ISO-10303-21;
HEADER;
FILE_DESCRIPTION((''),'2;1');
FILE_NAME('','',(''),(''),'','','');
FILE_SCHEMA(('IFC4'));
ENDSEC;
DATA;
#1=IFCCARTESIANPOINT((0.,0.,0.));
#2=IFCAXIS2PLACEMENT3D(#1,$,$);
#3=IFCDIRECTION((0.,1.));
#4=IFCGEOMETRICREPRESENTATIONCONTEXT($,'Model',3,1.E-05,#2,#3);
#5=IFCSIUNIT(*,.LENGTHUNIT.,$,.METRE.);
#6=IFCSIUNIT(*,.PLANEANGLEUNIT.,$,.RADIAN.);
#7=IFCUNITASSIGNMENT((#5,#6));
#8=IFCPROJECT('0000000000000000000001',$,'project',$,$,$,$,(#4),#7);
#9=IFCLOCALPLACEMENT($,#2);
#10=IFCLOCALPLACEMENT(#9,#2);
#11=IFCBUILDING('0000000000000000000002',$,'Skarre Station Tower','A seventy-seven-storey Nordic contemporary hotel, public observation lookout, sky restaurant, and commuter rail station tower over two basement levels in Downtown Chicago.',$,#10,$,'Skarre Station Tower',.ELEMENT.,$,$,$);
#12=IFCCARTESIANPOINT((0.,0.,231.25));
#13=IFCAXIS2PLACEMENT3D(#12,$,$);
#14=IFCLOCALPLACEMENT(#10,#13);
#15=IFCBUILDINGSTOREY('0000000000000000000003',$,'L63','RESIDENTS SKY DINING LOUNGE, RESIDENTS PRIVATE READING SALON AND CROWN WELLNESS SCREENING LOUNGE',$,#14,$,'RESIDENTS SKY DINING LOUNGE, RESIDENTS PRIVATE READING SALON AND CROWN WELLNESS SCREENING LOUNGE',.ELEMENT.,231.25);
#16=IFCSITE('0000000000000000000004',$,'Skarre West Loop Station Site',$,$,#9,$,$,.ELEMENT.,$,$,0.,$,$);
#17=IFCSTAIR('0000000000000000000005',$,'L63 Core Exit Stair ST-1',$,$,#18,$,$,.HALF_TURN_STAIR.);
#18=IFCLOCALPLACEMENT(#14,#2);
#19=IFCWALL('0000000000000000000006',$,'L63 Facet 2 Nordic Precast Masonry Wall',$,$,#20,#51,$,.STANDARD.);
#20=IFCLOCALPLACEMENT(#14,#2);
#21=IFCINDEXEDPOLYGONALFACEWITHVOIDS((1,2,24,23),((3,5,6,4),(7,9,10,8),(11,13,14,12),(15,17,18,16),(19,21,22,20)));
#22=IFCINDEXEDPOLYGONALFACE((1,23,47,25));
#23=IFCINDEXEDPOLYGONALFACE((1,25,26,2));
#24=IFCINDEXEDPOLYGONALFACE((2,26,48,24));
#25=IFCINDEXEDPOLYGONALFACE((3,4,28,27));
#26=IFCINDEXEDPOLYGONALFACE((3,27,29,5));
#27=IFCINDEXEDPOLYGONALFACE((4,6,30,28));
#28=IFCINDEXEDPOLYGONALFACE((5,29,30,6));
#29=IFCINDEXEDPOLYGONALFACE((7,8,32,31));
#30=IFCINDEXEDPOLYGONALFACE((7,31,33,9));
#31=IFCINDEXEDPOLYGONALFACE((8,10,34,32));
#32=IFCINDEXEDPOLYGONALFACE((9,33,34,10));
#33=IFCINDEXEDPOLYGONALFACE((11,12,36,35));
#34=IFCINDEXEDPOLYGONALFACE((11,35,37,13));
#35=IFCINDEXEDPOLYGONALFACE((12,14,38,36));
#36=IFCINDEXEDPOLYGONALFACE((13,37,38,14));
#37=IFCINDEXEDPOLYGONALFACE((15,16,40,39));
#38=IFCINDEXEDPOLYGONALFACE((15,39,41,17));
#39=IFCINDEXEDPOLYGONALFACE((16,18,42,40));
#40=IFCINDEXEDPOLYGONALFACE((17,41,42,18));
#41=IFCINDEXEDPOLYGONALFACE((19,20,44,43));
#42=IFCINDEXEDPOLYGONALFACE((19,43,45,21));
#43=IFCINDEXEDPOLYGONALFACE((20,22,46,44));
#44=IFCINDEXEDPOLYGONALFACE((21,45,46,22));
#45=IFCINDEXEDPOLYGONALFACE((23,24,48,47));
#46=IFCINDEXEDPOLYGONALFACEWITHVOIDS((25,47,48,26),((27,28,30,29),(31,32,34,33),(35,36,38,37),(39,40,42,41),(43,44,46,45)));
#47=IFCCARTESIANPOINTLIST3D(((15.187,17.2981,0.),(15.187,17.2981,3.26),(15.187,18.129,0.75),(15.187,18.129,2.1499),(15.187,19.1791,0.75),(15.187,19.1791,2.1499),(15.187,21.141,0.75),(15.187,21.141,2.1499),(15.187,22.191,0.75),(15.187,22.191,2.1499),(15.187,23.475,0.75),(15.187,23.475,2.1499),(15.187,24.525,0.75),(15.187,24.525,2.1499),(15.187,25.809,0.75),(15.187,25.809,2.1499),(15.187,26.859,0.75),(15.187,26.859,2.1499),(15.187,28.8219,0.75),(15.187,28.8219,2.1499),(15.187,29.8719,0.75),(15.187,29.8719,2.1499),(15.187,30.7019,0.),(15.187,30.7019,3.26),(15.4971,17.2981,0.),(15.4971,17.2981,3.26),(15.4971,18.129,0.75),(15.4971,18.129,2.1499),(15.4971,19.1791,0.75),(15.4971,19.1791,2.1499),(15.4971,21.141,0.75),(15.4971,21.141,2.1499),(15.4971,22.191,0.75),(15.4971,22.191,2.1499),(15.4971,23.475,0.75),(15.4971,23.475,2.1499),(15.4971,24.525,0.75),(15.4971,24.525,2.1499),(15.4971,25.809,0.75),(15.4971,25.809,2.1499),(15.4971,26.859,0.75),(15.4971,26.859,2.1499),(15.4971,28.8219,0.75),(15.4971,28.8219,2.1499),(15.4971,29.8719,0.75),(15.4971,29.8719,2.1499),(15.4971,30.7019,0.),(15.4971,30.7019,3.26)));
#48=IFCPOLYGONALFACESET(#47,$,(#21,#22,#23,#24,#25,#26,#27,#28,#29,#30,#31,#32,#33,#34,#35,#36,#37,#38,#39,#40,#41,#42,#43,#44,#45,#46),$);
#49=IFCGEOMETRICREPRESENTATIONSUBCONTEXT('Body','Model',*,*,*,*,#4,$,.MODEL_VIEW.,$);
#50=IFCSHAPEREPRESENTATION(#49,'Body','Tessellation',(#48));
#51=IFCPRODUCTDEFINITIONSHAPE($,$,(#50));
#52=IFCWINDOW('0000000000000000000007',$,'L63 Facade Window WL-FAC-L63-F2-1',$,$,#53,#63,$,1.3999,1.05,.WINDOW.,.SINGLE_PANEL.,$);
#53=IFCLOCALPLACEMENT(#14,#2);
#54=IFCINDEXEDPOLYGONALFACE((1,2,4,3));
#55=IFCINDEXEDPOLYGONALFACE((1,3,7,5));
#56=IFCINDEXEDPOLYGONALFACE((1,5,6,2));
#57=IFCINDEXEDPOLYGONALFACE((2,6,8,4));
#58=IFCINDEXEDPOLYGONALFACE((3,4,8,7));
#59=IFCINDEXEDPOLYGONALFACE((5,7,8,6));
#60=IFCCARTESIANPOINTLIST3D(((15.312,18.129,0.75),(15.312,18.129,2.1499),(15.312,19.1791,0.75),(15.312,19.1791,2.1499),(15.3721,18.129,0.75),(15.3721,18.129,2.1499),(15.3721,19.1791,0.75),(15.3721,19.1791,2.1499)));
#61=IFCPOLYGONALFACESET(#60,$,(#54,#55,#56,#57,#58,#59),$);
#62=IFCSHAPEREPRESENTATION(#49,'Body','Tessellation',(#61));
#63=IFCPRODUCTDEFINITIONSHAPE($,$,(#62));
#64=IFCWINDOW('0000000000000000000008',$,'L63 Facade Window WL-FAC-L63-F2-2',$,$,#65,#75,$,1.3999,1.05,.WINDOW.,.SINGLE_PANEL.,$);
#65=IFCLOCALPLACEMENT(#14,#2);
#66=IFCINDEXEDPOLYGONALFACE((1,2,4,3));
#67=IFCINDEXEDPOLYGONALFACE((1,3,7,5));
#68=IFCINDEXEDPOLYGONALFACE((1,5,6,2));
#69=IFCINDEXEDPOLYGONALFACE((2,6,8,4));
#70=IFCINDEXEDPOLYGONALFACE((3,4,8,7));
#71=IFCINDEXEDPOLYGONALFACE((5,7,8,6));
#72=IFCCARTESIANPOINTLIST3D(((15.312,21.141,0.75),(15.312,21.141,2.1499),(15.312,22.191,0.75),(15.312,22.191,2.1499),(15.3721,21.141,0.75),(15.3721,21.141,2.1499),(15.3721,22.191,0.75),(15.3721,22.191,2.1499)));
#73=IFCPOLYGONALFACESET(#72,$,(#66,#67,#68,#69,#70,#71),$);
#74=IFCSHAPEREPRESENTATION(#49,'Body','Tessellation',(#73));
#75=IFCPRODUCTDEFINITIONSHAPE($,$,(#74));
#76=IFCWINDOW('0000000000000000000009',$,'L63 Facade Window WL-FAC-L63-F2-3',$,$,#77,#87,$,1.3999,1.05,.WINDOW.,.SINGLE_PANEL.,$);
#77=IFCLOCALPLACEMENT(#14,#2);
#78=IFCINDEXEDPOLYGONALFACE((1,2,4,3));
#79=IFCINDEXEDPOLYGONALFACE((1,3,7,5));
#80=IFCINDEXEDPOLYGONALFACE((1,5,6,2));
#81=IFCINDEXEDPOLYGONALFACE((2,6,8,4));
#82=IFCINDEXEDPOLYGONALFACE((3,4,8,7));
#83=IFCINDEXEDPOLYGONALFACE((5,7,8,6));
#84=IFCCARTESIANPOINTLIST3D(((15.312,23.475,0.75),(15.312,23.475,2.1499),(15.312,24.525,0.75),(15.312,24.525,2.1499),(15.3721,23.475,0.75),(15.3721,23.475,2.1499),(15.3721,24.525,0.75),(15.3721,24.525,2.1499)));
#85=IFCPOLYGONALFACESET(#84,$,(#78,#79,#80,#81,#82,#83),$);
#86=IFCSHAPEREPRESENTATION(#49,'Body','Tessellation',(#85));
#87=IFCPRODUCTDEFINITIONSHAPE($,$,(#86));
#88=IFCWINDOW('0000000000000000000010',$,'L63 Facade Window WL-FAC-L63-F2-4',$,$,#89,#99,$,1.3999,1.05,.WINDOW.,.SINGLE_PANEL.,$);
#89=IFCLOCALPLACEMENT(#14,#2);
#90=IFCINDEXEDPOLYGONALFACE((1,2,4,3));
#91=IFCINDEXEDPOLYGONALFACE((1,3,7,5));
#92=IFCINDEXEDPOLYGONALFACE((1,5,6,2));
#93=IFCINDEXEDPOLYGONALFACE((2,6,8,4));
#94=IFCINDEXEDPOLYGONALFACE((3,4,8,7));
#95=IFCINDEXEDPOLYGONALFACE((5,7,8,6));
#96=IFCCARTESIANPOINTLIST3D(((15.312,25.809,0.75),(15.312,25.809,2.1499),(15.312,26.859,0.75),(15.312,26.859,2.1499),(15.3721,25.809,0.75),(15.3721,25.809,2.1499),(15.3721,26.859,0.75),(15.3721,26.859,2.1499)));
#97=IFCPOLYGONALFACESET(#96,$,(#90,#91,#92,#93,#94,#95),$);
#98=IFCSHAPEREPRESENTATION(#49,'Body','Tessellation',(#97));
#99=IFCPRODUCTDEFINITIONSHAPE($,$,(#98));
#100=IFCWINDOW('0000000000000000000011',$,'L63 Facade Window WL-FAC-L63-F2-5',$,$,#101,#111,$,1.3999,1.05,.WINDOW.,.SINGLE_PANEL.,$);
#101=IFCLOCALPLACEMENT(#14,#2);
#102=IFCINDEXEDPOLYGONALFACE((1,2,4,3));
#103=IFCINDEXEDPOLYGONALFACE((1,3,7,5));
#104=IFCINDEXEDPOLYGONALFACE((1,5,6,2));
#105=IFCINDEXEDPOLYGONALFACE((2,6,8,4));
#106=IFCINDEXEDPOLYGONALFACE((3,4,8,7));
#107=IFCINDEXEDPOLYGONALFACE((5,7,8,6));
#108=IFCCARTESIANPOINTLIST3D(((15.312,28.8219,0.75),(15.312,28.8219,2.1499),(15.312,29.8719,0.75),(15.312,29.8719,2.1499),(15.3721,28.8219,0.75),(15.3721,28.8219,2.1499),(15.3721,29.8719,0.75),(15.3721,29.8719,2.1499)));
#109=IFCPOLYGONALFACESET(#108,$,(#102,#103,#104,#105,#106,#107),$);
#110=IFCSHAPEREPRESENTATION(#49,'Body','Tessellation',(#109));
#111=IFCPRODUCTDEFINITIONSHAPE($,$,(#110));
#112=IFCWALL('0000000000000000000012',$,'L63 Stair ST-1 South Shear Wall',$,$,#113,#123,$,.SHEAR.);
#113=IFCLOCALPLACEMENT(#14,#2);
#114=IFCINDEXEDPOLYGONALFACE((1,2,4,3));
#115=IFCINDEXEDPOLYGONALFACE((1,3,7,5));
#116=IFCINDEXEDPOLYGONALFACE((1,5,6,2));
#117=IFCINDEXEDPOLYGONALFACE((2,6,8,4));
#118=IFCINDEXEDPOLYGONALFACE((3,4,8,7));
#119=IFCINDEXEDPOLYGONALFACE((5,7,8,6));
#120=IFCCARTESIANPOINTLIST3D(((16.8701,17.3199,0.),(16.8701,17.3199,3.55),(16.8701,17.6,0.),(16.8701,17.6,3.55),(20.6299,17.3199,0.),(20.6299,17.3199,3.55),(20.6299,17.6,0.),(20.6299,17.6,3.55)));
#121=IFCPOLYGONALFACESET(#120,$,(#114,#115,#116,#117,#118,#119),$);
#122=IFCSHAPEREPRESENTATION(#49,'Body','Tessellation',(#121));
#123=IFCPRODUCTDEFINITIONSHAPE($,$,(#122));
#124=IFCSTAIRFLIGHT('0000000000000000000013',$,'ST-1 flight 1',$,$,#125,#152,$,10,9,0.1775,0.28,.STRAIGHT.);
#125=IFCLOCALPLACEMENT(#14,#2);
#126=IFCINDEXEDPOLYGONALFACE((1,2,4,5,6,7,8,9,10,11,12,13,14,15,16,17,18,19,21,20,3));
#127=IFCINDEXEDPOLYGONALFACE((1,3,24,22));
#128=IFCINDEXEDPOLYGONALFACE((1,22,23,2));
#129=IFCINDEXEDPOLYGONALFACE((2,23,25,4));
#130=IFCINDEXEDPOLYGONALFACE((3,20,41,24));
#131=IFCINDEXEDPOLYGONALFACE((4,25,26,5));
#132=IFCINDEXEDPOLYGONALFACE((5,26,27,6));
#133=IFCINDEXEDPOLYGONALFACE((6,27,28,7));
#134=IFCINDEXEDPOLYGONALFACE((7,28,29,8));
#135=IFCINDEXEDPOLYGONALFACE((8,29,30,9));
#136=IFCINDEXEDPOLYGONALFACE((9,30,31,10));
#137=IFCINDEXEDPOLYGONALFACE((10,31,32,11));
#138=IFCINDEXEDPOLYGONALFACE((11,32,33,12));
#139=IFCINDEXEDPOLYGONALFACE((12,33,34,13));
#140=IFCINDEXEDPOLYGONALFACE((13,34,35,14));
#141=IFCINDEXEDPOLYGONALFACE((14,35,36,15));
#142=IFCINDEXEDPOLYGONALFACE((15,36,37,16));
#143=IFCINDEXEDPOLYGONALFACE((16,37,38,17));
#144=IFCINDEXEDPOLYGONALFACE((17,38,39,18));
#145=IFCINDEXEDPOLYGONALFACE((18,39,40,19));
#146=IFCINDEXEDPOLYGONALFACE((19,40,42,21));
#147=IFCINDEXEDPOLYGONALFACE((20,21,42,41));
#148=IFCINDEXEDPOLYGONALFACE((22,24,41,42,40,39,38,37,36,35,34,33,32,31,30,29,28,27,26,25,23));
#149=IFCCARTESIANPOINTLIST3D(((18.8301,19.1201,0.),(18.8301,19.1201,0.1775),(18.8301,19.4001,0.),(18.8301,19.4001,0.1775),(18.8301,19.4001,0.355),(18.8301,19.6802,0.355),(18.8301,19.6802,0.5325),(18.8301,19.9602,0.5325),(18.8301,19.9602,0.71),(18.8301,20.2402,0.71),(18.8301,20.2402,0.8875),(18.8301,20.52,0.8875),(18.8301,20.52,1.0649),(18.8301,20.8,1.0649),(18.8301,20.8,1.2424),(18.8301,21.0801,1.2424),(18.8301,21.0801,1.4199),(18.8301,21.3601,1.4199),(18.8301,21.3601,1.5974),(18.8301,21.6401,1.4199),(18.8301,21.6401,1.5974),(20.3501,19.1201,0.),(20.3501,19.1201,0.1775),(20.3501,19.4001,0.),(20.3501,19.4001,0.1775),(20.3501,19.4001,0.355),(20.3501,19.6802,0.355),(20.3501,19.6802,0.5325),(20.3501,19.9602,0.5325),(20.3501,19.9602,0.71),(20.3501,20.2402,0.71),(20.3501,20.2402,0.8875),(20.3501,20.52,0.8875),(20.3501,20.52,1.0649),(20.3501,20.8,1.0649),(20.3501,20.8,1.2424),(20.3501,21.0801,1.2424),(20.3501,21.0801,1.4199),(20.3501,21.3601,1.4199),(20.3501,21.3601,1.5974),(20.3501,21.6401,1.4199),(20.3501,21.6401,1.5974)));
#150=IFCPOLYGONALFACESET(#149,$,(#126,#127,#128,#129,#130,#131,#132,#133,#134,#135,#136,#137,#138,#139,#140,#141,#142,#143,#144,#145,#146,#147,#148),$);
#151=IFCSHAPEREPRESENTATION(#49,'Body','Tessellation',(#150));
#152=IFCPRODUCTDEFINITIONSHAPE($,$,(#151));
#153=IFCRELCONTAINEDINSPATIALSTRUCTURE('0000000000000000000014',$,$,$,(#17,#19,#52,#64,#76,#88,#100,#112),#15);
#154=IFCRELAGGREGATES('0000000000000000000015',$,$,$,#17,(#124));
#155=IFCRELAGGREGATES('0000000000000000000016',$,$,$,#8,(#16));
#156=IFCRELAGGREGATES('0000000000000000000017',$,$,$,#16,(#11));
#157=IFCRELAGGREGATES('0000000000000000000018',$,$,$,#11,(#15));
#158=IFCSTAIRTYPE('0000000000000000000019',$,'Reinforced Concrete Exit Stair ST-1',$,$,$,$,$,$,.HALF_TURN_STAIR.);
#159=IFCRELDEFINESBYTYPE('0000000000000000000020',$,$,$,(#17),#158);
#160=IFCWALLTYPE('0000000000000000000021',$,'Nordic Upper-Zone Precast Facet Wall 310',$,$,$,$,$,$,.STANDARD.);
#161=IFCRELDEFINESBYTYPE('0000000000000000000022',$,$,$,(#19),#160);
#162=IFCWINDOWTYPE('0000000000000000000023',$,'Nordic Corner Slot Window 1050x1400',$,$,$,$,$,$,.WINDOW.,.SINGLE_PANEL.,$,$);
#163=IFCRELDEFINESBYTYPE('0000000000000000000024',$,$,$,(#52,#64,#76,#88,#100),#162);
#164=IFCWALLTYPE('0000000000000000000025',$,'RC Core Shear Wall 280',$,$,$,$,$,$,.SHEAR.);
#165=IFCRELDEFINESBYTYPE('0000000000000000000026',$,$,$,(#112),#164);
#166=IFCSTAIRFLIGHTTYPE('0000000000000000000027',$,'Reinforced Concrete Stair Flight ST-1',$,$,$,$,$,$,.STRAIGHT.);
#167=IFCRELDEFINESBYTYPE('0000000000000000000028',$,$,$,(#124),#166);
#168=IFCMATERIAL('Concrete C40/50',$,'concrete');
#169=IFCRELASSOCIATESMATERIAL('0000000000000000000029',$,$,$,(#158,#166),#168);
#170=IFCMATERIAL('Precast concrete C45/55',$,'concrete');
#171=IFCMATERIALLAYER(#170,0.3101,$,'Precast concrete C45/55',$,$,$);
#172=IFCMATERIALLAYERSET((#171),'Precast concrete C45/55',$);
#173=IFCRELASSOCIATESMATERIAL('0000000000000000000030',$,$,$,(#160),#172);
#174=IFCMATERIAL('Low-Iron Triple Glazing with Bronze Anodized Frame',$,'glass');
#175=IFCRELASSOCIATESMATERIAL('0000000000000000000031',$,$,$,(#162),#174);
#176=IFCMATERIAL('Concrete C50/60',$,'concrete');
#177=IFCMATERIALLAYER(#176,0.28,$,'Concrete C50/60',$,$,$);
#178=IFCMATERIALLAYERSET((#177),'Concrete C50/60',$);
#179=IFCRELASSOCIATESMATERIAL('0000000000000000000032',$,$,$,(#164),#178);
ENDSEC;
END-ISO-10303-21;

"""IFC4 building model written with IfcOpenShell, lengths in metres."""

from ifc_helpers import new_model, si_unit, direction, frame, frame_2d, origin, place, context, subcontext, project, spatial, polyline, rectangle, outline, extrude, material, layer, layer_set, type_object, element, fill, aggregate, save


model = new_model("IFC4")

# Units and contexts
model_context = context("Model", 3, precision=1e-05, world=origin(), true_north=direction((0.0, 1.0)))
body_context = subcontext(model_context, "Body", "Model", "MODEL_VIEW")
ifc_project = project(units=[si_unit("LENGTHUNIT", "METRE"), si_unit("PLANEANGLEUNIT", "RADIAN")], contexts=[model_context])

# Site, building, storey
site_placement = place(None, origin())
site = spatial("IfcSite", under=ifc_project, at=site_placement, Name="Skarre West Loop Station Site", CompositionType="ELEMENT", RefElevation=0.0)
building_placement = place(site_placement, origin())
building = spatial("IfcBuilding", under=site, at=building_placement, Name="Skarre Station Tower", Description="A seventy-seven-storey Nordic contemporary hotel, public observation lookout, sky restaurant, and commuter rail station tower over two basement levels in Downtown Chicago.", LongName="Skarre Station Tower", CompositionType="ELEMENT")
storey_placement = place(building_placement, frame((0.0, 0.0, 231.25)))
storey = spatial("IfcBuildingStorey", under=building, at=storey_placement, Name="L63", Description="RESIDENTS SKY DINING LOUNGE, RESIDENTS PRIVATE READING SALON AND CROWN WELLNESS SCREENING LOUNGE", LongName="RESIDENTS SKY DINING LOUNGE, RESIDENTS PRIVATE READING SALON AND CROWN WELLNESS SCREENING LOUNGE", CompositionType="ELEMENT", Elevation=231.25)

# Shared definitions
ifc_material_1 = material(Name="Concrete C50/60", Category="concrete")

# Stair
ifc_material_2 = material(Name="Concrete C40/50", Category="concrete")
stair_type_1 = type_object("IfcStairType", Name="Reinforced Concrete Exit Stair ST-1", PredefinedType="HALF_TURN_STAIR", material=ifc_material_2)
stair_1_placement = place(storey_placement, origin())
stair_1 = element("IfcStair", 1, at=stair_1_placement, inside=storey, type_object=stair_type_1, Name="L63 Core Exit Stair ST-1", PredefinedType="HALF_TURN_STAIR")

# Shared definitions
ifc_material_3 = material(Name="Precast concrete C45/55", Category="concrete")

# Wall, openings, windows
ifc_layer_1 = layer(ifc_material_3, 0.3101, Name="Precast concrete C45/55")
ifc_layer_set_1 = layer_set([ifc_layer_1], Name="Precast concrete C45/55")
wall_type_1 = type_object("IfcWallType", Name="Nordic Upper-Zone Precast Facet Wall 310", PredefinedType="STANDARD", material=ifc_layer_set_1)
wall_1_placement = place(storey_placement, frame((15.342, 17.2981, 0.0), z_axis=(0.0, 0.0, 1.0), x_axis=(0.0, 1.0, 0.0)))
wall_1 = element("IfcWall", 2, at=wall_1_placement, inside=storey, type_object=wall_type_1, Name="L63 Facet 2 Nordic Precast Masonry Wall", PredefinedType="STANDARD", context=body_context, shape_type="SweptSolid", body=[
    extrude(rectangle(XDim=13.4038, YDim=0.3101, at=frame_2d((6.7019, 0.0))), origin(), (0.0, 0.0, 1.0), 3.26),
])
opening_1_placement = place(wall_1_placement, frame((0.8311, 0.0, 0.75)))
opening_1 = element("IfcOpeningElement", 3, at=opening_1_placement, cuts=wall_1, PredefinedType="OPENING", context=body_context, shape_type="SweptSolid", body=[
    extrude(rectangle(XDim=1.05, YDim=1.3999, at=frame_2d((0.5249, 0.7))), frame((0.0, 0.165, 0.0), z_axis=(0.0, -1.0, 0.0), x_axis=(1.0, 0.0, 0.0)), (0.0, 0.0, 1.0), 0.3301),
])
opening_2_placement = place(wall_1_placement, frame((3.843, 0.0, 0.75)))
opening_2 = element("IfcOpeningElement", 4, at=opening_2_placement, cuts=wall_1, PredefinedType="OPENING", context=body_context, shape_type="SweptSolid", body=[
    extrude(rectangle(XDim=1.05, YDim=1.3999, at=frame_2d((0.5249, 0.7))), frame((0.0, 0.165, 0.0), z_axis=(0.0, -1.0, 0.0), x_axis=(1.0, 0.0, 0.0)), (0.0, 0.0, 1.0), 0.3301),
])
opening_3_placement = place(wall_1_placement, frame((6.177, 0.0, 0.75)))
opening_3 = element("IfcOpeningElement", 5, at=opening_3_placement, cuts=wall_1, PredefinedType="OPENING", context=body_context, shape_type="SweptSolid", body=[
    extrude(rectangle(XDim=1.05, YDim=1.3999, at=frame_2d((0.5249, 0.7))), frame((0.0, 0.165, 0.0), z_axis=(0.0, -1.0, 0.0), x_axis=(1.0, 0.0, 0.0)), (0.0, 0.0, 1.0), 0.3301),
])
opening_4_placement = place(wall_1_placement, frame((8.511, 0.0, 0.75)))
opening_4 = element("IfcOpeningElement", 6, at=opening_4_placement, cuts=wall_1, PredefinedType="OPENING", context=body_context, shape_type="SweptSolid", body=[
    extrude(rectangle(XDim=1.05, YDim=1.3999, at=frame_2d((0.5249, 0.7))), frame((0.0, 0.165, 0.0), z_axis=(0.0, -1.0, 0.0), x_axis=(1.0, 0.0, 0.0)), (0.0, 0.0, 1.0), 0.3301),
])
opening_5_placement = place(wall_1_placement, frame((11.5239, 0.0, 0.75)))
opening_5 = element("IfcOpeningElement", 7, at=opening_5_placement, cuts=wall_1, PredefinedType="OPENING", context=body_context, shape_type="SweptSolid", body=[
    extrude(rectangle(XDim=1.05, YDim=1.3999, at=frame_2d((0.5249, 0.7))), frame((0.0, 0.165, 0.0), z_axis=(0.0, -1.0, 0.0), x_axis=(1.0, 0.0, 0.0)), (0.0, 0.0, 1.0), 0.3301),
])
ifc_material_4 = material(Name="Low-Iron Triple Glazing with Bronze Anodized Frame", Category="glass")
window_type = type_object("IfcWindowType", Name="Nordic Corner Slot Window 1050x1400", PartitioningType="SINGLE_PANEL", PredefinedType="WINDOW", material=ifc_material_4)
window_1_placement = place(opening_1_placement, origin())
window_1 = element("IfcWindow", 8, at=window_1_placement, inside=storey, type_object=window_type, Name="L63 Facade Window WL-FAC-L63-F2-1", OverallHeight=1.3999, OverallWidth=1.05, PartitioningType="SINGLE_PANEL", PredefinedType="WINDOW", context=body_context, shape_type="SweptSolid", body=[
    extrude(rectangle(XDim=1.05, YDim=1.3999, at=frame_2d((0.5249, 0.7))), frame((0.0, 0.03, 0.0), z_axis=(0.0, -1.0, 0.0), x_axis=(1.0, 0.0, 0.0)), (0.0, 0.0, 1.0), 0.0601),
])
fill(opening_1, window_1)
window_2_placement = place(opening_2_placement, origin())
window_2 = element("IfcWindow", 9, at=window_2_placement, inside=storey, type_object=window_type, Name="L63 Facade Window WL-FAC-L63-F2-2", OverallHeight=1.3999, OverallWidth=1.05, PartitioningType="SINGLE_PANEL", PredefinedType="WINDOW", context=body_context, shape_type="SweptSolid", body=[
    extrude(rectangle(XDim=1.05, YDim=1.3999, at=frame_2d((0.5249, 0.7))), frame((0.0, 0.03, 0.0), z_axis=(0.0, -1.0, 0.0), x_axis=(1.0, 0.0, 0.0)), (0.0, 0.0, 1.0), 0.0601),
])
fill(opening_2, window_2)
window_3_placement = place(opening_3_placement, origin())
window_3 = element("IfcWindow", 10, at=window_3_placement, inside=storey, type_object=window_type, Name="L63 Facade Window WL-FAC-L63-F2-3", OverallHeight=1.3999, OverallWidth=1.05, PartitioningType="SINGLE_PANEL", PredefinedType="WINDOW", context=body_context, shape_type="SweptSolid", body=[
    extrude(rectangle(XDim=1.05, YDim=1.3999, at=frame_2d((0.5249, 0.7))), frame((0.0, 0.03, 0.0), z_axis=(0.0, -1.0, 0.0), x_axis=(1.0, 0.0, 0.0)), (0.0, 0.0, 1.0), 0.0601),
])
fill(opening_3, window_3)
window_4_placement = place(opening_4_placement, origin())
window_4 = element("IfcWindow", 11, at=window_4_placement, inside=storey, type_object=window_type, Name="L63 Facade Window WL-FAC-L63-F2-4", OverallHeight=1.3999, OverallWidth=1.05, PartitioningType="SINGLE_PANEL", PredefinedType="WINDOW", context=body_context, shape_type="SweptSolid", body=[
    extrude(rectangle(XDim=1.05, YDim=1.3999, at=frame_2d((0.5249, 0.7))), frame((0.0, 0.03, 0.0), z_axis=(0.0, -1.0, 0.0), x_axis=(1.0, 0.0, 0.0)), (0.0, 0.0, 1.0), 0.0601),
])
fill(opening_4, window_4)
window_5_placement = place(opening_5_placement, origin())
window_5 = element("IfcWindow", 12, at=window_5_placement, inside=storey, type_object=window_type, Name="L63 Facade Window WL-FAC-L63-F2-5", OverallHeight=1.3999, OverallWidth=1.05, PartitioningType="SINGLE_PANEL", PredefinedType="WINDOW", context=body_context, shape_type="SweptSolid", body=[
    extrude(rectangle(XDim=1.05, YDim=1.3999, at=frame_2d((0.5249, 0.7))), frame((0.0, 0.03, 0.0), z_axis=(0.0, -1.0, 0.0), x_axis=(1.0, 0.0, 0.0)), (0.0, 0.0, 1.0), 0.0601),
])
fill(opening_5, window_5)

# Wall
ifc_layer_2 = layer(ifc_material_1, 0.28, Name="Concrete C50/60")
ifc_layer_set_2 = layer_set([ifc_layer_2], Name="Concrete C50/60")
wall_type_2 = type_object("IfcWallType", Name="RC Core Shear Wall 280", PredefinedType="SHEAR", material=ifc_layer_set_2)
wall_2_placement = place(storey_placement, frame((16.8701, 17.46, 0.0), z_axis=(0.0, 0.0, 1.0), x_axis=(1.0, 0.0, 0.0)))
element("IfcWall", 13, at=wall_2_placement, inside=storey, type_object=wall_type_2, Name="L63 Stair ST-1 South Shear Wall", PredefinedType="SHEAR", context=body_context, shape_type="SweptSolid", body=[
    extrude(rectangle(XDim=3.7598, YDim=0.28, at=frame_2d((1.8799, 0.0))), origin(), (0.0, 0.0, 1.0), 3.55),
])

# Stair flight
stair_flight_type = type_object("IfcStairFlightType", Name="Reinforced Concrete Stair Flight ST-1", PredefinedType="STRAIGHT", material=ifc_material_2)
stair_flight_1_placement = place(storey_placement, frame((19.5901, 19.1201, 0.0), z_axis=(0.0, 0.0, 1.0), x_axis=(0.0, 1.0, 0.0)))
stair_flight_1 = element("IfcStairFlight", 14, at=stair_flight_1_placement, type_object=stair_flight_type, Name="ST-1 flight 1", NumberOfRisers=10, NumberOfTreads=9, PredefinedType="STRAIGHT", RiserHeight=0.1775, TreadLength=0.28, context=body_context, shape_type="SweptSolid", body=[
    extrude(outline(polyline([(0.0, 0.0), (0.0, 0.1775), (0.28, 0.1775), (0.28, 0.355), (0.5601, 0.355), (0.5601, 0.5325), (0.8401, 0.5325), (0.8401, 0.71), (1.1201, 0.71), (1.1201, 0.8875), (1.3999, 0.8875), (1.3999, 1.0649), (1.6799, 1.0649), (1.6799, 1.2424), (1.96, 1.2424), (1.96, 1.4199), (2.24, 1.4199), (2.24, 1.5974), (2.52, 1.5974), (2.52, 1.7749), (2.52, 1.4199), (0.28, 0.0), (0.0, 0.0)])), frame((0.0, 0.76, 0.0), z_axis=(0.0, -1.0, 0.0), x_axis=(1.0, 0.0, 0.0)), (0.0, 0.0, 1.0), 1.52),
])
aggregate(stair_1, [stair_flight_1])

save(model, "model.ifc")
